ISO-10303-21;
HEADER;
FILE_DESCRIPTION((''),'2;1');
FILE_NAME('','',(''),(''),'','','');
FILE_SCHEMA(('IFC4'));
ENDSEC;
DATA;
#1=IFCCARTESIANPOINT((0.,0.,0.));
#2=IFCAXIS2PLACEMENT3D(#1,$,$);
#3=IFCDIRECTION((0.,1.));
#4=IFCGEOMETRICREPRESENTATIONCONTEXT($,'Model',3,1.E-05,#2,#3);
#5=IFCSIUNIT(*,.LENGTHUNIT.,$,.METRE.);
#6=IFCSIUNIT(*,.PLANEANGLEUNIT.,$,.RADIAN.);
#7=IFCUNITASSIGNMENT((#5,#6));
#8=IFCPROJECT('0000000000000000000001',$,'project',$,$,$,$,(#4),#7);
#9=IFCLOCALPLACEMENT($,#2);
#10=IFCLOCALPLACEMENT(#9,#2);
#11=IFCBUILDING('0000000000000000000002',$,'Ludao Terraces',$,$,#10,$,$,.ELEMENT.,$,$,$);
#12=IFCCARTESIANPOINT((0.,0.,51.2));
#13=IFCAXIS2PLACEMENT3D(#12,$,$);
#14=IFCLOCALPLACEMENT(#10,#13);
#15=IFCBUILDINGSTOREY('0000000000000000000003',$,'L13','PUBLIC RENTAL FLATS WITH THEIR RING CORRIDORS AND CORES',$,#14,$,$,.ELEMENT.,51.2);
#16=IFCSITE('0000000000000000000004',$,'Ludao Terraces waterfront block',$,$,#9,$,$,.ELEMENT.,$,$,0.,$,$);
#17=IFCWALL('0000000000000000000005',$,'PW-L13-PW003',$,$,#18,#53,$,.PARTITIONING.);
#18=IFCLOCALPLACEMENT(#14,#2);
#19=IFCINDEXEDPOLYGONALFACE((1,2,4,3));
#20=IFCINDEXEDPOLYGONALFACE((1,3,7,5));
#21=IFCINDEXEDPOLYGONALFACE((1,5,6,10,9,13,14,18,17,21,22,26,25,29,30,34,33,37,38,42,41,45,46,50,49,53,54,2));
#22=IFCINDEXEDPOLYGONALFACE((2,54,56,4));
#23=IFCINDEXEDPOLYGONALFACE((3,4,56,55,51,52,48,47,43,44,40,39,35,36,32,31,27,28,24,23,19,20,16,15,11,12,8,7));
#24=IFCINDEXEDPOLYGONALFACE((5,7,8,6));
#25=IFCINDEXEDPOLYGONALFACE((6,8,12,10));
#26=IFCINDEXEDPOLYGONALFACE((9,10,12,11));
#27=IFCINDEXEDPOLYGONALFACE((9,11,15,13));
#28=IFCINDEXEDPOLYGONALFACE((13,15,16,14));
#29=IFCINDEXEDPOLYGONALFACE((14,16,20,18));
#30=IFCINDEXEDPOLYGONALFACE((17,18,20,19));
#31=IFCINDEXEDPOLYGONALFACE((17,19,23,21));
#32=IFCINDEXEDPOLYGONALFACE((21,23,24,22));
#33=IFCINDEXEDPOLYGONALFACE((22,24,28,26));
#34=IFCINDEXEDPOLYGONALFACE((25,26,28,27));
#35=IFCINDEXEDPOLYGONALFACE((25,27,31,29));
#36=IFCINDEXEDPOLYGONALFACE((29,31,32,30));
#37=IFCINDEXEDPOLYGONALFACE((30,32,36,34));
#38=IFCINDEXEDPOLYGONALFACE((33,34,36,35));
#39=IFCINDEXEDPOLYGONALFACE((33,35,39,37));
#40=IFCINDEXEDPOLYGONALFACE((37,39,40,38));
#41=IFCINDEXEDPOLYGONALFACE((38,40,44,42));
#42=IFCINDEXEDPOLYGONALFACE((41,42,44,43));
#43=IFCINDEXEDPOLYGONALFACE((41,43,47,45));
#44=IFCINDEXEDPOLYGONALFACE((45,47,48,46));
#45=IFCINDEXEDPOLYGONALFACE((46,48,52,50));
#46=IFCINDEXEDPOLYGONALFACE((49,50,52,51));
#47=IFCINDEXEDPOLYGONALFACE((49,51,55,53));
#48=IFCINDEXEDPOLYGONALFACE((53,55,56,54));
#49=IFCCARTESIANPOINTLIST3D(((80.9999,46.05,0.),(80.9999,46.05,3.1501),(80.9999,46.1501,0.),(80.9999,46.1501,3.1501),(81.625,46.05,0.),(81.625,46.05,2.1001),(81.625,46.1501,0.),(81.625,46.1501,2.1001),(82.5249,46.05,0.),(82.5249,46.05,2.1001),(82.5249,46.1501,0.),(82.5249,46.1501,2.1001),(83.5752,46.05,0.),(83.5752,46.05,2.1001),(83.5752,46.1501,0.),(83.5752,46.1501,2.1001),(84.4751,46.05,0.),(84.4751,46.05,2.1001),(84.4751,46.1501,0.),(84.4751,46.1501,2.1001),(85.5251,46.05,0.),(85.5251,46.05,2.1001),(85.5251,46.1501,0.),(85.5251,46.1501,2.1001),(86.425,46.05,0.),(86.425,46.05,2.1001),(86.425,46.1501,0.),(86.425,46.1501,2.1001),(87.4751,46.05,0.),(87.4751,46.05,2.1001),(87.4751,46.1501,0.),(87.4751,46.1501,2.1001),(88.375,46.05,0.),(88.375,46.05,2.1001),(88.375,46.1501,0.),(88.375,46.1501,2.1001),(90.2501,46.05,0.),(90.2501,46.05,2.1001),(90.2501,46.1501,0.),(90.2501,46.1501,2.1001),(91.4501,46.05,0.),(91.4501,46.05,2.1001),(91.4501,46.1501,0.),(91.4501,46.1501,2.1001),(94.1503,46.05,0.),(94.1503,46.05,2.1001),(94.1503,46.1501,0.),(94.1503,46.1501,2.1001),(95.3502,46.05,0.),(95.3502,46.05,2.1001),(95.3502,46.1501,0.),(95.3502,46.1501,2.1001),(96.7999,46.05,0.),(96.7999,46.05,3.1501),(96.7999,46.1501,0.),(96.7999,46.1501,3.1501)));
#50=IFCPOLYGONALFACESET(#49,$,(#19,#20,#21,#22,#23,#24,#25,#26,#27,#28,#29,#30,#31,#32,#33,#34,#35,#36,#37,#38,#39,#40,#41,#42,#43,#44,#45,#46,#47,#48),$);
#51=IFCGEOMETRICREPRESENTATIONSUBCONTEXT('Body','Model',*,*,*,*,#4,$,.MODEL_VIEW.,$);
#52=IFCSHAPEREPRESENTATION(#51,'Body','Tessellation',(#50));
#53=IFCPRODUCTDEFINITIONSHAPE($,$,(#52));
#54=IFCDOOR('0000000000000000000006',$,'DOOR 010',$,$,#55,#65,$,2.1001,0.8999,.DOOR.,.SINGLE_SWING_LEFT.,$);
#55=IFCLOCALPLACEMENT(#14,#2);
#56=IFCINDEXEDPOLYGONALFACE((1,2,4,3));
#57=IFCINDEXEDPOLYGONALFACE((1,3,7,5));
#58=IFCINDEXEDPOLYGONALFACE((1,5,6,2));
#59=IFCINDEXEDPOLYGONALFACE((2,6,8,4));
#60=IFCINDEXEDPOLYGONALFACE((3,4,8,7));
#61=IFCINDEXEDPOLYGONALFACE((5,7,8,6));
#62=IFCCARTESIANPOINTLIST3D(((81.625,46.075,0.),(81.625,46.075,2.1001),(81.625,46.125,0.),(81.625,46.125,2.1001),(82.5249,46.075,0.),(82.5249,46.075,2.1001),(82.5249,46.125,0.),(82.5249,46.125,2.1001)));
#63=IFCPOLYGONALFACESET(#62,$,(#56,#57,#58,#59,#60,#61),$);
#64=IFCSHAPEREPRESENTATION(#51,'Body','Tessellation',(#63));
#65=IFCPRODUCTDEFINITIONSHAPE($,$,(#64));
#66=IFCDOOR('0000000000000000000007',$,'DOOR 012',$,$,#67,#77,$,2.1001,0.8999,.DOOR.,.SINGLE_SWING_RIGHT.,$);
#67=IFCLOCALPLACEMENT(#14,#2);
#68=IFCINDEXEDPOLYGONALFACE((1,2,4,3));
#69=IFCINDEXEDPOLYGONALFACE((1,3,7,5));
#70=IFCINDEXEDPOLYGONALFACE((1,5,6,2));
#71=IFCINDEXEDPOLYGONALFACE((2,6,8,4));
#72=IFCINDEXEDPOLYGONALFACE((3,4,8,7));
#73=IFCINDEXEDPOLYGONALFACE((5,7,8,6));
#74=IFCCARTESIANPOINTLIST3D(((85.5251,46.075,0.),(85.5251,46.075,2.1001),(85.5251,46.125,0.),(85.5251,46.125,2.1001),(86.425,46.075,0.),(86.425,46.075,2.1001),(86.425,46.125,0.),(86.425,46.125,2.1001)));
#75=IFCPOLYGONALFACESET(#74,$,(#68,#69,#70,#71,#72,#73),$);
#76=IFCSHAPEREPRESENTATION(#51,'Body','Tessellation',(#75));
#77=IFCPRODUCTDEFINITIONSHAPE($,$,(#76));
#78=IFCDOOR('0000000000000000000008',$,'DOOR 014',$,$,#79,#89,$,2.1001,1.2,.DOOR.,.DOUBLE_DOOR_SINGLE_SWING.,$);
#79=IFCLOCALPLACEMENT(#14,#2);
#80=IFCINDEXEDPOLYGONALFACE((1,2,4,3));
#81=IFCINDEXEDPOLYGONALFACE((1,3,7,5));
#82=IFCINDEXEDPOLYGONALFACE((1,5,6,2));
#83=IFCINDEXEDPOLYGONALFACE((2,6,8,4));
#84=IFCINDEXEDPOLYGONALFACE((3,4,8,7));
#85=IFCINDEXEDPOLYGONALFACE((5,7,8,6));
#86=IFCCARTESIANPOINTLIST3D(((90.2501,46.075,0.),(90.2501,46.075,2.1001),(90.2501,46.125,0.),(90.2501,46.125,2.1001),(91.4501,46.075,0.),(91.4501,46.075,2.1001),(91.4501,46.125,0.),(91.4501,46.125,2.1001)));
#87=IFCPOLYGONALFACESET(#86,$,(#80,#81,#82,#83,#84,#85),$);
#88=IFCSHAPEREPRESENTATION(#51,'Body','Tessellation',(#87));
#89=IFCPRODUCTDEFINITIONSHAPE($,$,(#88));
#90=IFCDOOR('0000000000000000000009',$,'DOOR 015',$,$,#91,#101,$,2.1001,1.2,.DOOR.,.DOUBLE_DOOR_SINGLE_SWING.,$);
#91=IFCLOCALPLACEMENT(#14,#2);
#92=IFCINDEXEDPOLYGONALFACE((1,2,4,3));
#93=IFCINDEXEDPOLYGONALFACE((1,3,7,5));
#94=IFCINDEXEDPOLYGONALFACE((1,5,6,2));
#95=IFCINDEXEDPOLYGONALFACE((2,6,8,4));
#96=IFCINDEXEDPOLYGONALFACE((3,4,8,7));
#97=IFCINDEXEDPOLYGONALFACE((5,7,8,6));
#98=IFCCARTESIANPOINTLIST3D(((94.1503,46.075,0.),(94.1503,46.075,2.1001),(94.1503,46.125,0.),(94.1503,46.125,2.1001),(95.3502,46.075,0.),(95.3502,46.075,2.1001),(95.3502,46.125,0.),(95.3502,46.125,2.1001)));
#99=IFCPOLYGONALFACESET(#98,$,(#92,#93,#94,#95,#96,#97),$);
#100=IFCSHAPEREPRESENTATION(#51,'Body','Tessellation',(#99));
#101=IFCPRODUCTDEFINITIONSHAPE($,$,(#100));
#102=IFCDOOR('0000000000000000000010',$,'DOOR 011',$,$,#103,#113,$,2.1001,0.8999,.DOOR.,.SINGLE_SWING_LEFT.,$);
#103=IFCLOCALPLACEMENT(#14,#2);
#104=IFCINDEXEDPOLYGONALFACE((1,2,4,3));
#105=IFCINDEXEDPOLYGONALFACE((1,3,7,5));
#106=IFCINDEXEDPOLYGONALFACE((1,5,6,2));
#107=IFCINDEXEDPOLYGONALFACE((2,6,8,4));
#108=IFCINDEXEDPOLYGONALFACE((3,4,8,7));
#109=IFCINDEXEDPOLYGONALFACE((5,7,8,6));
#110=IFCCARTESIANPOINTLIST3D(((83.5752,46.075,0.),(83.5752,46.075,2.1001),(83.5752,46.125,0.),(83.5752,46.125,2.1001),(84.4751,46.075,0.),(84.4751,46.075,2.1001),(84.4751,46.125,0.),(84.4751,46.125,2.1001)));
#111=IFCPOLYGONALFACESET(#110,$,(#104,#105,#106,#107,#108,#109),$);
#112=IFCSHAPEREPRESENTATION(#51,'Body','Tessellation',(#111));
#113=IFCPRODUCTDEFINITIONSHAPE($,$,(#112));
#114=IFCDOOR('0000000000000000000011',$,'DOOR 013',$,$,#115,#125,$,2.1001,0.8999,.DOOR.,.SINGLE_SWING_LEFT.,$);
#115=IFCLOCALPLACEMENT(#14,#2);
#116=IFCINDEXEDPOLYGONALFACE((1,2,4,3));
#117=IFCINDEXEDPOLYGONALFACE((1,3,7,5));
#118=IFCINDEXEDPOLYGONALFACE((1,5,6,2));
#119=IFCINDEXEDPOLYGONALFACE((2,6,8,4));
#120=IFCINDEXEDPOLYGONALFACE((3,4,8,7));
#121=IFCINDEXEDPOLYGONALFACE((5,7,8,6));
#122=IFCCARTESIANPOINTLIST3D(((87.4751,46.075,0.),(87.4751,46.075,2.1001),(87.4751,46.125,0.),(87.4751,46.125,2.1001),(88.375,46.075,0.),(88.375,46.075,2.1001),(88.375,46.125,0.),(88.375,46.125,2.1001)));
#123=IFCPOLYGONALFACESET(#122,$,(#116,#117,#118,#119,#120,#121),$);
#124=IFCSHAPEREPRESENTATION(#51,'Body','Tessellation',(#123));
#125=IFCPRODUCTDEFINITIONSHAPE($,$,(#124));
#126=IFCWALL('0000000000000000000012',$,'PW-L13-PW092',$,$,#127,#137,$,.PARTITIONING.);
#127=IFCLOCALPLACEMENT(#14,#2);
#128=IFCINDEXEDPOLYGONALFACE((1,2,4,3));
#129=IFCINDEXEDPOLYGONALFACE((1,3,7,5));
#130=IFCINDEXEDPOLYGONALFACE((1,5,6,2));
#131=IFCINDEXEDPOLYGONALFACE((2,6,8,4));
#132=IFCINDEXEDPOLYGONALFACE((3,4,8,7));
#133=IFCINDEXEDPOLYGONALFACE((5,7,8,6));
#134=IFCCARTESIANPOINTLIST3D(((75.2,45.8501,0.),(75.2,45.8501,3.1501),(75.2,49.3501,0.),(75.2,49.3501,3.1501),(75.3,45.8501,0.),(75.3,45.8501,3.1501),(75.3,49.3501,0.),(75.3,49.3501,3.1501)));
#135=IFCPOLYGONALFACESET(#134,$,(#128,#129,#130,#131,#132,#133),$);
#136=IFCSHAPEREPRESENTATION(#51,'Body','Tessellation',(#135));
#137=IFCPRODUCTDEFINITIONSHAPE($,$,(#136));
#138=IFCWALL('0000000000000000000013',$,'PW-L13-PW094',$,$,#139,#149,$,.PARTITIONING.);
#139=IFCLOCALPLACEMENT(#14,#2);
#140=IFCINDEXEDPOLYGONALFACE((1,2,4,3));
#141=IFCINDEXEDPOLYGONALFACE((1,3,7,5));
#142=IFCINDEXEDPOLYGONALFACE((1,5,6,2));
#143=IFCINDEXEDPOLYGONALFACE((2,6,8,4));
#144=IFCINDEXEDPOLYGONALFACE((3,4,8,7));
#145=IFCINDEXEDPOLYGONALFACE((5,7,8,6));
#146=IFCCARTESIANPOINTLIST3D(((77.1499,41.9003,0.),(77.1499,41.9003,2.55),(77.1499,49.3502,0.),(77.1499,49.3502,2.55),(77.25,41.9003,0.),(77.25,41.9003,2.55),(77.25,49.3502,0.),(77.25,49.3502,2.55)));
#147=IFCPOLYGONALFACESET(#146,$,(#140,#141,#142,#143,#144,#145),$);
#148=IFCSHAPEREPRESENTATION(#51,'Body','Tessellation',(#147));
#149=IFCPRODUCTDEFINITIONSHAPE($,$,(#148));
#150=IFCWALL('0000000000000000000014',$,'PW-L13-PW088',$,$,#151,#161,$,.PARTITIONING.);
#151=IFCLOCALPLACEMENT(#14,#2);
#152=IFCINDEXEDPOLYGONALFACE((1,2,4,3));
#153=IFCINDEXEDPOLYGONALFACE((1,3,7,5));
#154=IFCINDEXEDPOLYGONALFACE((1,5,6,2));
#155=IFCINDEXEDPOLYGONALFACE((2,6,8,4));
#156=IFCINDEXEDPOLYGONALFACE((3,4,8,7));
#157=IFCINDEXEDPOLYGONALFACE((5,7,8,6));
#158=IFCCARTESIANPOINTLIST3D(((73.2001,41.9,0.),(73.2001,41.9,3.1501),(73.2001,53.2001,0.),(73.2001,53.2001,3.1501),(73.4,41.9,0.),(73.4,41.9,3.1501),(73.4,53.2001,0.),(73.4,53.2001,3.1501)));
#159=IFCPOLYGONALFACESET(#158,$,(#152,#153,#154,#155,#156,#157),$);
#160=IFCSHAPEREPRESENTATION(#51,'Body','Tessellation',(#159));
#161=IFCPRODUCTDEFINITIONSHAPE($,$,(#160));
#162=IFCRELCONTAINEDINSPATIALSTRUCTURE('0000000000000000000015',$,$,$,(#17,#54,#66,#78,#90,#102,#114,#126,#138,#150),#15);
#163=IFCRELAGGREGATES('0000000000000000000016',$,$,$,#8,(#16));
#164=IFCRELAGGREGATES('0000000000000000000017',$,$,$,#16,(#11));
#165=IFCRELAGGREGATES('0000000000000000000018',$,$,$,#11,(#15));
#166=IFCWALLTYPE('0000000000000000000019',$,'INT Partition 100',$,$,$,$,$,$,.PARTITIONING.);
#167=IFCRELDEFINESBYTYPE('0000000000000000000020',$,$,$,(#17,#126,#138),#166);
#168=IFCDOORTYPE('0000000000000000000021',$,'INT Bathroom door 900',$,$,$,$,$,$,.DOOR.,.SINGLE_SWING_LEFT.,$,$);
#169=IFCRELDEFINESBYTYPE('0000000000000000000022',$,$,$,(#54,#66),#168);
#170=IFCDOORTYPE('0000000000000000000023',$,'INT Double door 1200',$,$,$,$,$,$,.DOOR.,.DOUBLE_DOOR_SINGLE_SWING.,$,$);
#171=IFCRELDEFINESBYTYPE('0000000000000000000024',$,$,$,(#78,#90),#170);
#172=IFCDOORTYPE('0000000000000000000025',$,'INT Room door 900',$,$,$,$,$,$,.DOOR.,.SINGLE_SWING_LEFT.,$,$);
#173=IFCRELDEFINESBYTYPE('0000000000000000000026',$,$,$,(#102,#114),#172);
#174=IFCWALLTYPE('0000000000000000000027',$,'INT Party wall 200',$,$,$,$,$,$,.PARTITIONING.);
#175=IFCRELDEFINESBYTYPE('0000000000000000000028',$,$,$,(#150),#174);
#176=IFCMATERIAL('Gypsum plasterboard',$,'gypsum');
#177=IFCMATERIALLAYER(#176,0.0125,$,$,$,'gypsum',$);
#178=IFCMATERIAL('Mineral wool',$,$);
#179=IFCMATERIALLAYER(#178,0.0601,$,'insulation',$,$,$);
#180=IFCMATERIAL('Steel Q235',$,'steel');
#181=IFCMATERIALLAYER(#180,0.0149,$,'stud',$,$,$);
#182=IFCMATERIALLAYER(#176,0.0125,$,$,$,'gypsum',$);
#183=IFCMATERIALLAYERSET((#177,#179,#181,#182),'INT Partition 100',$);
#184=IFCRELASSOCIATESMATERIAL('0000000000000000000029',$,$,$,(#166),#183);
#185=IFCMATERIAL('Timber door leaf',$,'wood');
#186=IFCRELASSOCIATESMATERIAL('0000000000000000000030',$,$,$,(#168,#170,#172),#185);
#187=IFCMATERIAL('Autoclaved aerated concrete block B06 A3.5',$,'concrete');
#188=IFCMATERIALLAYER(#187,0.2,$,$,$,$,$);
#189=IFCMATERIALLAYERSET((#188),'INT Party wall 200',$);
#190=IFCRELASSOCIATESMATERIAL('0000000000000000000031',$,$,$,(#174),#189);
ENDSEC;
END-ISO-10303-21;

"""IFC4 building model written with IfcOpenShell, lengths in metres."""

from ifc_helpers import new_model, si_unit, direction, frame, frame_2d, origin, place, context, subcontext, project, spatial, rectangle, extrude, material, layer, layer_set, type_object, element, fill, save


model = new_model("IFC4")

# Units and contexts
model_context = context("Model", 3, precision=1e-05, world=origin(), true_north=direction((0.0, 1.0)))
body_context = subcontext(model_context, "Body", "Model", "MODEL_VIEW")
ifc_project = project(units=[si_unit("LENGTHUNIT", "METRE"), si_unit("PLANEANGLEUNIT", "RADIAN")], contexts=[model_context])

# Site, building, storey
site_placement = place(None, origin())
site = spatial("IfcSite", under=ifc_project, at=site_placement, Name="Ludao Terraces waterfront block", CompositionType="ELEMENT", RefElevation=0.0)
building_placement = place(site_placement, origin())
building = spatial("IfcBuilding", under=site, at=building_placement, Name="Ludao Terraces", CompositionType="ELEMENT")
storey_placement = place(building_placement, frame((0.0, 0.0, 51.2)))
storey = spatial("IfcBuildingStorey", under=building, at=storey_placement, Name="L13", Description="PUBLIC RENTAL FLATS WITH THEIR RING CORRIDORS AND CORES", CompositionType="ELEMENT", Elevation=51.2)

# Shared definitions
ifc_material_1 = material(Name="Mineral wool")

# Wall, openings, doors
ifc_material_2 = material(Name="Gypsum plasterboard", Category="gypsum")
ifc_layer_1 = layer(ifc_material_2, 0.0125, Category="gypsum")
ifc_layer_2 = layer(ifc_material_1, 0.0601, Name="insulation")
ifc_material_3 = material(Name="Steel Q235", Category="steel")
ifc_layer_3 = layer(ifc_material_3, 0.0149, Name="stud")
ifc_layer_4 = layer(ifc_material_2, 0.0125, Category="gypsum")
ifc_layer_set_1 = layer_set([ifc_layer_1, ifc_layer_2, ifc_layer_3, ifc_layer_4], Name="INT Partition 100")
wall_type_1 = type_object("IfcWallType", Name="INT Partition 100", PredefinedType="PARTITIONING", material=ifc_layer_set_1)
wall_1_placement = place(storey_placement, frame((81.0, 46.1001, 0.0), z_axis=(0.0, 0.0, 1.0), x_axis=(1.0, 0.0, 0.0)))
wall_1 = element("IfcWall", 1, at=wall_1_placement, inside=storey, type_object=wall_type_1, Name="PW-L13-PW003", PredefinedType="PARTITIONING", context=body_context, shape_type="SweptSolid", body=[
    extrude(rectangle(XDim=15.8, YDim=0.1001, at=frame_2d((7.8999, 0.0))), origin(), (0.0, 0.0, 1.0), 3.1501),
])
opening_1_placement = place(wall_1_placement, frame((0.625, 0.0, 0.0)))
opening_1 = element("IfcOpeningElement", 2, at=opening_1_placement, cuts=wall_1, PredefinedType="OPENING", context=body_context, shape_type="SweptSolid", body=[
    extrude(rectangle(XDim=0.8999, YDim=2.1001, at=frame_2d((0.45, 1.05))), frame((0.0, 0.0601, 0.0), z_axis=(0.0, -1.0, 0.0), x_axis=(1.0, 0.0, 0.0)), (0.0, 0.0, 1.0), 0.1201),
])
opening_2_placement = place(wall_1_placement, frame((2.5752, 0.0, 0.0)))
opening_2 = element("IfcOpeningElement", 3, at=opening_2_placement, cuts=wall_1, PredefinedType="OPENING", context=body_context, shape_type="SweptSolid", body=[
    extrude(rectangle(XDim=0.8999, YDim=2.1001, at=frame_2d((0.45, 1.05))), frame((0.0, 0.0601, 0.0), z_axis=(0.0, -1.0, 0.0), x_axis=(1.0, 0.0, 0.0)), (0.0, 0.0, 1.0), 0.1201),
])
opening_3_placement = place(wall_1_placement, frame((4.5251, 0.0, 0.0)))
opening_3 = element("IfcOpeningElement", 4, at=opening_3_placement, cuts=wall_1, PredefinedType="OPENING", context=body_context, shape_type="SweptSolid", body=[
    extrude(rectangle(XDim=0.8999, YDim=2.1001, at=frame_2d((0.45, 1.05))), frame((0.0, 0.0601, 0.0), z_axis=(0.0, -1.0, 0.0), x_axis=(1.0, 0.0, 0.0)), (0.0, 0.0, 1.0), 0.1201),
])
opening_4_placement = place(wall_1_placement, frame((6.4751, 0.0, 0.0)))
opening_4 = element("IfcOpeningElement", 5, at=opening_4_placement, cuts=wall_1, PredefinedType="OPENING", context=body_context, shape_type="SweptSolid", body=[
    extrude(rectangle(XDim=0.8999, YDim=2.1001, at=frame_2d((0.45, 1.05))), frame((0.0, 0.0601, 0.0), z_axis=(0.0, -1.0, 0.0), x_axis=(1.0, 0.0, 0.0)), (0.0, 0.0, 1.0), 0.1201),
])
opening_5_placement = place(wall_1_placement, frame((9.25, 0.0, 0.0)))
opening_5 = element("IfcOpeningElement", 6, at=opening_5_placement, cuts=wall_1, PredefinedType="OPENING", context=body_context, shape_type="SweptSolid", body=[
    extrude(rectangle(XDim=1.2, YDim=2.1001, at=frame_2d((0.6001, 1.05))), frame((0.0, 0.0601, 0.0), z_axis=(0.0, -1.0, 0.0), x_axis=(1.0, 0.0, 0.0)), (0.0, 0.0, 1.0), 0.1201),
])
opening_6_placement = place(wall_1_placement, frame((13.1501, 0.0, 0.0)))
opening_6 = element("IfcOpeningElement", 7, at=opening_6_placement, cuts=wall_1, PredefinedType="OPENING", context=body_context, shape_type="SweptSolid", body=[
    extrude(rectangle(XDim=1.2, YDim=2.1001, at=frame_2d((0.6001, 1.05))), frame((0.0, 0.0601, 0.0), z_axis=(0.0, -1.0, 0.0), x_axis=(1.0, 0.0, 0.0)), (0.0, 0.0, 1.0), 0.1201),
])
ifc_material_4 = material(Name="Timber door leaf", Category="wood")
door_type_1 = type_object("IfcDoorType", Name="INT Bathroom door 900", OperationType="SINGLE_SWING_LEFT", PredefinedType="DOOR", material=ifc_material_4)
door_1_placement = place(opening_1_placement, origin())
door_1 = element("IfcDoor", 8, at=door_1_placement, inside=storey, type_object=door_type_1, Name="DOOR 010", OperationType="SINGLE_SWING_LEFT", OverallHeight=2.1001, OverallWidth=0.8999, PredefinedType="DOOR", context=body_context, shape_type="SweptSolid", body=[
    extrude(rectangle(XDim=0.8999, YDim=2.1001, at=frame_2d((0.45, 1.05))), frame((0.0, 0.0249, 0.0), z_axis=(0.0, -1.0, 0.0), x_axis=(1.0, 0.0, 0.0)), (0.0, 0.0, 1.0), 0.05),
])
fill(opening_1, door_1)
door_2_placement = place(opening_3_placement, origin())
door_2 = element("IfcDoor", 9, at=door_2_placement, inside=storey, type_object=door_type_1, Name="DOOR 012", OperationType="SINGLE_SWING_RIGHT", OverallHeight=2.1001, OverallWidth=0.8999, PredefinedType="DOOR", context=body_context, shape_type="SweptSolid", body=[
    extrude(rectangle(XDim=0.8999, YDim=2.1001, at=frame_2d((0.45, 1.05))), frame((0.0, 0.0249, 0.0), z_axis=(0.0, -1.0, 0.0), x_axis=(1.0, 0.0, 0.0)), (0.0, 0.0, 1.0), 0.05),
])
fill(opening_3, door_2)
door_type_2 = type_object("IfcDoorType", Name="INT Double door 1200", OperationType="DOUBLE_DOOR_SINGLE_SWING", PredefinedType="DOOR", material=ifc_material_4)
door_3_placement = place(opening_5_placement, origin())
door_3 = element("IfcDoor", 10, at=door_3_placement, inside=storey, type_object=door_type_2, Name="DOOR 014", OperationType="DOUBLE_DOOR_SINGLE_SWING", OverallHeight=2.1001, OverallWidth=1.2, PredefinedType="DOOR", context=body_context, shape_type="SweptSolid", body=[
    extrude(rectangle(XDim=1.2, YDim=2.1001, at=frame_2d((0.6001, 1.05))), frame((0.0, 0.0249, 0.0), z_axis=(0.0, -1.0, 0.0), x_axis=(1.0, 0.0, 0.0)), (0.0, 0.0, 1.0), 0.05),
])
fill(opening_5, door_3)
door_4_placement = place(opening_6_placement, origin())
door_4 = element("IfcDoor", 11, at=door_4_placement, inside=storey, type_object=door_type_2, Name="DOOR 015", OperationType="DOUBLE_DOOR_SINGLE_SWING", OverallHeight=2.1001, OverallWidth=1.2, PredefinedType="DOOR", context=body_context, shape_type="SweptSolid", body=[
    extrude(rectangle(XDim=1.2, YDim=2.1001, at=frame_2d((0.6001, 1.05))), frame((0.0, 0.0249, 0.0), z_axis=(0.0, -1.0, 0.0), x_axis=(1.0, 0.0, 0.0)), (0.0, 0.0, 1.0), 0.05),
])
fill(opening_6, door_4)
door_type_3 = type_object("IfcDoorType", Name="INT Room door 900", OperationType="SINGLE_SWING_LEFT", PredefinedType="DOOR", material=ifc_material_4)
door_5_placement = place(opening_2_placement, origin())
door_5 = element("IfcDoor", 12, at=door_5_placement, inside=storey, type_object=door_type_3, Name="DOOR 011", OperationType="SINGLE_SWING_LEFT", OverallHeight=2.1001, OverallWidth=0.8999, PredefinedType="DOOR", context=body_context, shape_type="SweptSolid", body=[
    extrude(rectangle(XDim=0.8999, YDim=2.1001, at=frame_2d((0.45, 1.05))), frame((0.0, 0.0249, 0.0), z_axis=(0.0, -1.0, 0.0), x_axis=(1.0, 0.0, 0.0)), (0.0, 0.0, 1.0), 0.05),
])
fill(opening_2, door_5)
door_6_placement = place(opening_4_placement, origin())
door_6 = element("IfcDoor", 13, at=door_6_placement, inside=storey, type_object=door_type_3, Name="DOOR 013", OperationType="SINGLE_SWING_LEFT", OverallHeight=2.1001, OverallWidth=0.8999, PredefinedType="DOOR", context=body_context, shape_type="SweptSolid", body=[
    extrude(rectangle(XDim=0.8999, YDim=2.1001, at=frame_2d((0.45, 1.05))), frame((0.0, 0.0249, 0.0), z_axis=(0.0, -1.0, 0.0), x_axis=(1.0, 0.0, 0.0)), (0.0, 0.0, 1.0), 0.05),
])
fill(opening_4, door_6)

# Walls
wall_2_placement = place(storey_placement, frame((75.25, 45.8501, 0.0), z_axis=(0.0, 0.0, 1.0), x_axis=(0.0, 1.0, 0.0)))
element("IfcWall", 14, at=wall_2_placement, inside=storey, type_object=wall_type_1, Name="PW-L13-PW092", PredefinedType="PARTITIONING", context=body_context, shape_type="SweptSolid", body=[
    extrude(rectangle(XDim=3.5, YDim=0.1001, at=frame_2d((1.75, 0.0))), origin(), (0.0, 0.0, 1.0), 3.1501),
])
wall_3_placement = place(storey_placement, frame((77.2, 41.9001, 0.0), z_axis=(0.0, 0.0, 1.0), x_axis=(0.0, 1.0, 0.0)))
element("IfcWall", 15, at=wall_3_placement, inside=storey, type_object=wall_type_1, Name="PW-L13-PW094", PredefinedType="PARTITIONING", context=body_context, shape_type="SweptSolid", body=[
    extrude(rectangle(XDim=7.45, YDim=0.1001, at=frame_2d((3.7251, 0.0))), origin(), (0.0, 0.0, 1.0), 2.55),
])
ifc_material_5 = material(Name="Autoclaved aerated concrete block B06 A3.5", Category="concrete")
ifc_layer_5 = layer(ifc_material_5, 0.2)
ifc_layer_set_2 = layer_set([ifc_layer_5], Name="INT Party wall 200")
wall_type_2 = type_object("IfcWallType", Name="INT Party wall 200", PredefinedType="PARTITIONING", material=ifc_layer_set_2)
for number, where, z_axis, x_axis, name in (
    (16, (73.3, 41.9001, 0.0), (0.0, 0.0, 1.0), (0.0, 1.0, 0.0), "PW-L13-PW088"),
):
    element("IfcWall", number, at=place(storey_placement, frame(where, z_axis=z_axis, x_axis=x_axis)), inside=storey, type_object=wall_type_2, Name=name, PredefinedType="PARTITIONING", context=body_context, shape_type="SweptSolid", body=[
        extrude(rectangle(XDim=11.3, YDim=0.2, at=frame_2d((5.6499, 0.0))), origin(), (0.0, 0.0, 1.0), 3.1501),
    ])

save(model, "model.ifc")
